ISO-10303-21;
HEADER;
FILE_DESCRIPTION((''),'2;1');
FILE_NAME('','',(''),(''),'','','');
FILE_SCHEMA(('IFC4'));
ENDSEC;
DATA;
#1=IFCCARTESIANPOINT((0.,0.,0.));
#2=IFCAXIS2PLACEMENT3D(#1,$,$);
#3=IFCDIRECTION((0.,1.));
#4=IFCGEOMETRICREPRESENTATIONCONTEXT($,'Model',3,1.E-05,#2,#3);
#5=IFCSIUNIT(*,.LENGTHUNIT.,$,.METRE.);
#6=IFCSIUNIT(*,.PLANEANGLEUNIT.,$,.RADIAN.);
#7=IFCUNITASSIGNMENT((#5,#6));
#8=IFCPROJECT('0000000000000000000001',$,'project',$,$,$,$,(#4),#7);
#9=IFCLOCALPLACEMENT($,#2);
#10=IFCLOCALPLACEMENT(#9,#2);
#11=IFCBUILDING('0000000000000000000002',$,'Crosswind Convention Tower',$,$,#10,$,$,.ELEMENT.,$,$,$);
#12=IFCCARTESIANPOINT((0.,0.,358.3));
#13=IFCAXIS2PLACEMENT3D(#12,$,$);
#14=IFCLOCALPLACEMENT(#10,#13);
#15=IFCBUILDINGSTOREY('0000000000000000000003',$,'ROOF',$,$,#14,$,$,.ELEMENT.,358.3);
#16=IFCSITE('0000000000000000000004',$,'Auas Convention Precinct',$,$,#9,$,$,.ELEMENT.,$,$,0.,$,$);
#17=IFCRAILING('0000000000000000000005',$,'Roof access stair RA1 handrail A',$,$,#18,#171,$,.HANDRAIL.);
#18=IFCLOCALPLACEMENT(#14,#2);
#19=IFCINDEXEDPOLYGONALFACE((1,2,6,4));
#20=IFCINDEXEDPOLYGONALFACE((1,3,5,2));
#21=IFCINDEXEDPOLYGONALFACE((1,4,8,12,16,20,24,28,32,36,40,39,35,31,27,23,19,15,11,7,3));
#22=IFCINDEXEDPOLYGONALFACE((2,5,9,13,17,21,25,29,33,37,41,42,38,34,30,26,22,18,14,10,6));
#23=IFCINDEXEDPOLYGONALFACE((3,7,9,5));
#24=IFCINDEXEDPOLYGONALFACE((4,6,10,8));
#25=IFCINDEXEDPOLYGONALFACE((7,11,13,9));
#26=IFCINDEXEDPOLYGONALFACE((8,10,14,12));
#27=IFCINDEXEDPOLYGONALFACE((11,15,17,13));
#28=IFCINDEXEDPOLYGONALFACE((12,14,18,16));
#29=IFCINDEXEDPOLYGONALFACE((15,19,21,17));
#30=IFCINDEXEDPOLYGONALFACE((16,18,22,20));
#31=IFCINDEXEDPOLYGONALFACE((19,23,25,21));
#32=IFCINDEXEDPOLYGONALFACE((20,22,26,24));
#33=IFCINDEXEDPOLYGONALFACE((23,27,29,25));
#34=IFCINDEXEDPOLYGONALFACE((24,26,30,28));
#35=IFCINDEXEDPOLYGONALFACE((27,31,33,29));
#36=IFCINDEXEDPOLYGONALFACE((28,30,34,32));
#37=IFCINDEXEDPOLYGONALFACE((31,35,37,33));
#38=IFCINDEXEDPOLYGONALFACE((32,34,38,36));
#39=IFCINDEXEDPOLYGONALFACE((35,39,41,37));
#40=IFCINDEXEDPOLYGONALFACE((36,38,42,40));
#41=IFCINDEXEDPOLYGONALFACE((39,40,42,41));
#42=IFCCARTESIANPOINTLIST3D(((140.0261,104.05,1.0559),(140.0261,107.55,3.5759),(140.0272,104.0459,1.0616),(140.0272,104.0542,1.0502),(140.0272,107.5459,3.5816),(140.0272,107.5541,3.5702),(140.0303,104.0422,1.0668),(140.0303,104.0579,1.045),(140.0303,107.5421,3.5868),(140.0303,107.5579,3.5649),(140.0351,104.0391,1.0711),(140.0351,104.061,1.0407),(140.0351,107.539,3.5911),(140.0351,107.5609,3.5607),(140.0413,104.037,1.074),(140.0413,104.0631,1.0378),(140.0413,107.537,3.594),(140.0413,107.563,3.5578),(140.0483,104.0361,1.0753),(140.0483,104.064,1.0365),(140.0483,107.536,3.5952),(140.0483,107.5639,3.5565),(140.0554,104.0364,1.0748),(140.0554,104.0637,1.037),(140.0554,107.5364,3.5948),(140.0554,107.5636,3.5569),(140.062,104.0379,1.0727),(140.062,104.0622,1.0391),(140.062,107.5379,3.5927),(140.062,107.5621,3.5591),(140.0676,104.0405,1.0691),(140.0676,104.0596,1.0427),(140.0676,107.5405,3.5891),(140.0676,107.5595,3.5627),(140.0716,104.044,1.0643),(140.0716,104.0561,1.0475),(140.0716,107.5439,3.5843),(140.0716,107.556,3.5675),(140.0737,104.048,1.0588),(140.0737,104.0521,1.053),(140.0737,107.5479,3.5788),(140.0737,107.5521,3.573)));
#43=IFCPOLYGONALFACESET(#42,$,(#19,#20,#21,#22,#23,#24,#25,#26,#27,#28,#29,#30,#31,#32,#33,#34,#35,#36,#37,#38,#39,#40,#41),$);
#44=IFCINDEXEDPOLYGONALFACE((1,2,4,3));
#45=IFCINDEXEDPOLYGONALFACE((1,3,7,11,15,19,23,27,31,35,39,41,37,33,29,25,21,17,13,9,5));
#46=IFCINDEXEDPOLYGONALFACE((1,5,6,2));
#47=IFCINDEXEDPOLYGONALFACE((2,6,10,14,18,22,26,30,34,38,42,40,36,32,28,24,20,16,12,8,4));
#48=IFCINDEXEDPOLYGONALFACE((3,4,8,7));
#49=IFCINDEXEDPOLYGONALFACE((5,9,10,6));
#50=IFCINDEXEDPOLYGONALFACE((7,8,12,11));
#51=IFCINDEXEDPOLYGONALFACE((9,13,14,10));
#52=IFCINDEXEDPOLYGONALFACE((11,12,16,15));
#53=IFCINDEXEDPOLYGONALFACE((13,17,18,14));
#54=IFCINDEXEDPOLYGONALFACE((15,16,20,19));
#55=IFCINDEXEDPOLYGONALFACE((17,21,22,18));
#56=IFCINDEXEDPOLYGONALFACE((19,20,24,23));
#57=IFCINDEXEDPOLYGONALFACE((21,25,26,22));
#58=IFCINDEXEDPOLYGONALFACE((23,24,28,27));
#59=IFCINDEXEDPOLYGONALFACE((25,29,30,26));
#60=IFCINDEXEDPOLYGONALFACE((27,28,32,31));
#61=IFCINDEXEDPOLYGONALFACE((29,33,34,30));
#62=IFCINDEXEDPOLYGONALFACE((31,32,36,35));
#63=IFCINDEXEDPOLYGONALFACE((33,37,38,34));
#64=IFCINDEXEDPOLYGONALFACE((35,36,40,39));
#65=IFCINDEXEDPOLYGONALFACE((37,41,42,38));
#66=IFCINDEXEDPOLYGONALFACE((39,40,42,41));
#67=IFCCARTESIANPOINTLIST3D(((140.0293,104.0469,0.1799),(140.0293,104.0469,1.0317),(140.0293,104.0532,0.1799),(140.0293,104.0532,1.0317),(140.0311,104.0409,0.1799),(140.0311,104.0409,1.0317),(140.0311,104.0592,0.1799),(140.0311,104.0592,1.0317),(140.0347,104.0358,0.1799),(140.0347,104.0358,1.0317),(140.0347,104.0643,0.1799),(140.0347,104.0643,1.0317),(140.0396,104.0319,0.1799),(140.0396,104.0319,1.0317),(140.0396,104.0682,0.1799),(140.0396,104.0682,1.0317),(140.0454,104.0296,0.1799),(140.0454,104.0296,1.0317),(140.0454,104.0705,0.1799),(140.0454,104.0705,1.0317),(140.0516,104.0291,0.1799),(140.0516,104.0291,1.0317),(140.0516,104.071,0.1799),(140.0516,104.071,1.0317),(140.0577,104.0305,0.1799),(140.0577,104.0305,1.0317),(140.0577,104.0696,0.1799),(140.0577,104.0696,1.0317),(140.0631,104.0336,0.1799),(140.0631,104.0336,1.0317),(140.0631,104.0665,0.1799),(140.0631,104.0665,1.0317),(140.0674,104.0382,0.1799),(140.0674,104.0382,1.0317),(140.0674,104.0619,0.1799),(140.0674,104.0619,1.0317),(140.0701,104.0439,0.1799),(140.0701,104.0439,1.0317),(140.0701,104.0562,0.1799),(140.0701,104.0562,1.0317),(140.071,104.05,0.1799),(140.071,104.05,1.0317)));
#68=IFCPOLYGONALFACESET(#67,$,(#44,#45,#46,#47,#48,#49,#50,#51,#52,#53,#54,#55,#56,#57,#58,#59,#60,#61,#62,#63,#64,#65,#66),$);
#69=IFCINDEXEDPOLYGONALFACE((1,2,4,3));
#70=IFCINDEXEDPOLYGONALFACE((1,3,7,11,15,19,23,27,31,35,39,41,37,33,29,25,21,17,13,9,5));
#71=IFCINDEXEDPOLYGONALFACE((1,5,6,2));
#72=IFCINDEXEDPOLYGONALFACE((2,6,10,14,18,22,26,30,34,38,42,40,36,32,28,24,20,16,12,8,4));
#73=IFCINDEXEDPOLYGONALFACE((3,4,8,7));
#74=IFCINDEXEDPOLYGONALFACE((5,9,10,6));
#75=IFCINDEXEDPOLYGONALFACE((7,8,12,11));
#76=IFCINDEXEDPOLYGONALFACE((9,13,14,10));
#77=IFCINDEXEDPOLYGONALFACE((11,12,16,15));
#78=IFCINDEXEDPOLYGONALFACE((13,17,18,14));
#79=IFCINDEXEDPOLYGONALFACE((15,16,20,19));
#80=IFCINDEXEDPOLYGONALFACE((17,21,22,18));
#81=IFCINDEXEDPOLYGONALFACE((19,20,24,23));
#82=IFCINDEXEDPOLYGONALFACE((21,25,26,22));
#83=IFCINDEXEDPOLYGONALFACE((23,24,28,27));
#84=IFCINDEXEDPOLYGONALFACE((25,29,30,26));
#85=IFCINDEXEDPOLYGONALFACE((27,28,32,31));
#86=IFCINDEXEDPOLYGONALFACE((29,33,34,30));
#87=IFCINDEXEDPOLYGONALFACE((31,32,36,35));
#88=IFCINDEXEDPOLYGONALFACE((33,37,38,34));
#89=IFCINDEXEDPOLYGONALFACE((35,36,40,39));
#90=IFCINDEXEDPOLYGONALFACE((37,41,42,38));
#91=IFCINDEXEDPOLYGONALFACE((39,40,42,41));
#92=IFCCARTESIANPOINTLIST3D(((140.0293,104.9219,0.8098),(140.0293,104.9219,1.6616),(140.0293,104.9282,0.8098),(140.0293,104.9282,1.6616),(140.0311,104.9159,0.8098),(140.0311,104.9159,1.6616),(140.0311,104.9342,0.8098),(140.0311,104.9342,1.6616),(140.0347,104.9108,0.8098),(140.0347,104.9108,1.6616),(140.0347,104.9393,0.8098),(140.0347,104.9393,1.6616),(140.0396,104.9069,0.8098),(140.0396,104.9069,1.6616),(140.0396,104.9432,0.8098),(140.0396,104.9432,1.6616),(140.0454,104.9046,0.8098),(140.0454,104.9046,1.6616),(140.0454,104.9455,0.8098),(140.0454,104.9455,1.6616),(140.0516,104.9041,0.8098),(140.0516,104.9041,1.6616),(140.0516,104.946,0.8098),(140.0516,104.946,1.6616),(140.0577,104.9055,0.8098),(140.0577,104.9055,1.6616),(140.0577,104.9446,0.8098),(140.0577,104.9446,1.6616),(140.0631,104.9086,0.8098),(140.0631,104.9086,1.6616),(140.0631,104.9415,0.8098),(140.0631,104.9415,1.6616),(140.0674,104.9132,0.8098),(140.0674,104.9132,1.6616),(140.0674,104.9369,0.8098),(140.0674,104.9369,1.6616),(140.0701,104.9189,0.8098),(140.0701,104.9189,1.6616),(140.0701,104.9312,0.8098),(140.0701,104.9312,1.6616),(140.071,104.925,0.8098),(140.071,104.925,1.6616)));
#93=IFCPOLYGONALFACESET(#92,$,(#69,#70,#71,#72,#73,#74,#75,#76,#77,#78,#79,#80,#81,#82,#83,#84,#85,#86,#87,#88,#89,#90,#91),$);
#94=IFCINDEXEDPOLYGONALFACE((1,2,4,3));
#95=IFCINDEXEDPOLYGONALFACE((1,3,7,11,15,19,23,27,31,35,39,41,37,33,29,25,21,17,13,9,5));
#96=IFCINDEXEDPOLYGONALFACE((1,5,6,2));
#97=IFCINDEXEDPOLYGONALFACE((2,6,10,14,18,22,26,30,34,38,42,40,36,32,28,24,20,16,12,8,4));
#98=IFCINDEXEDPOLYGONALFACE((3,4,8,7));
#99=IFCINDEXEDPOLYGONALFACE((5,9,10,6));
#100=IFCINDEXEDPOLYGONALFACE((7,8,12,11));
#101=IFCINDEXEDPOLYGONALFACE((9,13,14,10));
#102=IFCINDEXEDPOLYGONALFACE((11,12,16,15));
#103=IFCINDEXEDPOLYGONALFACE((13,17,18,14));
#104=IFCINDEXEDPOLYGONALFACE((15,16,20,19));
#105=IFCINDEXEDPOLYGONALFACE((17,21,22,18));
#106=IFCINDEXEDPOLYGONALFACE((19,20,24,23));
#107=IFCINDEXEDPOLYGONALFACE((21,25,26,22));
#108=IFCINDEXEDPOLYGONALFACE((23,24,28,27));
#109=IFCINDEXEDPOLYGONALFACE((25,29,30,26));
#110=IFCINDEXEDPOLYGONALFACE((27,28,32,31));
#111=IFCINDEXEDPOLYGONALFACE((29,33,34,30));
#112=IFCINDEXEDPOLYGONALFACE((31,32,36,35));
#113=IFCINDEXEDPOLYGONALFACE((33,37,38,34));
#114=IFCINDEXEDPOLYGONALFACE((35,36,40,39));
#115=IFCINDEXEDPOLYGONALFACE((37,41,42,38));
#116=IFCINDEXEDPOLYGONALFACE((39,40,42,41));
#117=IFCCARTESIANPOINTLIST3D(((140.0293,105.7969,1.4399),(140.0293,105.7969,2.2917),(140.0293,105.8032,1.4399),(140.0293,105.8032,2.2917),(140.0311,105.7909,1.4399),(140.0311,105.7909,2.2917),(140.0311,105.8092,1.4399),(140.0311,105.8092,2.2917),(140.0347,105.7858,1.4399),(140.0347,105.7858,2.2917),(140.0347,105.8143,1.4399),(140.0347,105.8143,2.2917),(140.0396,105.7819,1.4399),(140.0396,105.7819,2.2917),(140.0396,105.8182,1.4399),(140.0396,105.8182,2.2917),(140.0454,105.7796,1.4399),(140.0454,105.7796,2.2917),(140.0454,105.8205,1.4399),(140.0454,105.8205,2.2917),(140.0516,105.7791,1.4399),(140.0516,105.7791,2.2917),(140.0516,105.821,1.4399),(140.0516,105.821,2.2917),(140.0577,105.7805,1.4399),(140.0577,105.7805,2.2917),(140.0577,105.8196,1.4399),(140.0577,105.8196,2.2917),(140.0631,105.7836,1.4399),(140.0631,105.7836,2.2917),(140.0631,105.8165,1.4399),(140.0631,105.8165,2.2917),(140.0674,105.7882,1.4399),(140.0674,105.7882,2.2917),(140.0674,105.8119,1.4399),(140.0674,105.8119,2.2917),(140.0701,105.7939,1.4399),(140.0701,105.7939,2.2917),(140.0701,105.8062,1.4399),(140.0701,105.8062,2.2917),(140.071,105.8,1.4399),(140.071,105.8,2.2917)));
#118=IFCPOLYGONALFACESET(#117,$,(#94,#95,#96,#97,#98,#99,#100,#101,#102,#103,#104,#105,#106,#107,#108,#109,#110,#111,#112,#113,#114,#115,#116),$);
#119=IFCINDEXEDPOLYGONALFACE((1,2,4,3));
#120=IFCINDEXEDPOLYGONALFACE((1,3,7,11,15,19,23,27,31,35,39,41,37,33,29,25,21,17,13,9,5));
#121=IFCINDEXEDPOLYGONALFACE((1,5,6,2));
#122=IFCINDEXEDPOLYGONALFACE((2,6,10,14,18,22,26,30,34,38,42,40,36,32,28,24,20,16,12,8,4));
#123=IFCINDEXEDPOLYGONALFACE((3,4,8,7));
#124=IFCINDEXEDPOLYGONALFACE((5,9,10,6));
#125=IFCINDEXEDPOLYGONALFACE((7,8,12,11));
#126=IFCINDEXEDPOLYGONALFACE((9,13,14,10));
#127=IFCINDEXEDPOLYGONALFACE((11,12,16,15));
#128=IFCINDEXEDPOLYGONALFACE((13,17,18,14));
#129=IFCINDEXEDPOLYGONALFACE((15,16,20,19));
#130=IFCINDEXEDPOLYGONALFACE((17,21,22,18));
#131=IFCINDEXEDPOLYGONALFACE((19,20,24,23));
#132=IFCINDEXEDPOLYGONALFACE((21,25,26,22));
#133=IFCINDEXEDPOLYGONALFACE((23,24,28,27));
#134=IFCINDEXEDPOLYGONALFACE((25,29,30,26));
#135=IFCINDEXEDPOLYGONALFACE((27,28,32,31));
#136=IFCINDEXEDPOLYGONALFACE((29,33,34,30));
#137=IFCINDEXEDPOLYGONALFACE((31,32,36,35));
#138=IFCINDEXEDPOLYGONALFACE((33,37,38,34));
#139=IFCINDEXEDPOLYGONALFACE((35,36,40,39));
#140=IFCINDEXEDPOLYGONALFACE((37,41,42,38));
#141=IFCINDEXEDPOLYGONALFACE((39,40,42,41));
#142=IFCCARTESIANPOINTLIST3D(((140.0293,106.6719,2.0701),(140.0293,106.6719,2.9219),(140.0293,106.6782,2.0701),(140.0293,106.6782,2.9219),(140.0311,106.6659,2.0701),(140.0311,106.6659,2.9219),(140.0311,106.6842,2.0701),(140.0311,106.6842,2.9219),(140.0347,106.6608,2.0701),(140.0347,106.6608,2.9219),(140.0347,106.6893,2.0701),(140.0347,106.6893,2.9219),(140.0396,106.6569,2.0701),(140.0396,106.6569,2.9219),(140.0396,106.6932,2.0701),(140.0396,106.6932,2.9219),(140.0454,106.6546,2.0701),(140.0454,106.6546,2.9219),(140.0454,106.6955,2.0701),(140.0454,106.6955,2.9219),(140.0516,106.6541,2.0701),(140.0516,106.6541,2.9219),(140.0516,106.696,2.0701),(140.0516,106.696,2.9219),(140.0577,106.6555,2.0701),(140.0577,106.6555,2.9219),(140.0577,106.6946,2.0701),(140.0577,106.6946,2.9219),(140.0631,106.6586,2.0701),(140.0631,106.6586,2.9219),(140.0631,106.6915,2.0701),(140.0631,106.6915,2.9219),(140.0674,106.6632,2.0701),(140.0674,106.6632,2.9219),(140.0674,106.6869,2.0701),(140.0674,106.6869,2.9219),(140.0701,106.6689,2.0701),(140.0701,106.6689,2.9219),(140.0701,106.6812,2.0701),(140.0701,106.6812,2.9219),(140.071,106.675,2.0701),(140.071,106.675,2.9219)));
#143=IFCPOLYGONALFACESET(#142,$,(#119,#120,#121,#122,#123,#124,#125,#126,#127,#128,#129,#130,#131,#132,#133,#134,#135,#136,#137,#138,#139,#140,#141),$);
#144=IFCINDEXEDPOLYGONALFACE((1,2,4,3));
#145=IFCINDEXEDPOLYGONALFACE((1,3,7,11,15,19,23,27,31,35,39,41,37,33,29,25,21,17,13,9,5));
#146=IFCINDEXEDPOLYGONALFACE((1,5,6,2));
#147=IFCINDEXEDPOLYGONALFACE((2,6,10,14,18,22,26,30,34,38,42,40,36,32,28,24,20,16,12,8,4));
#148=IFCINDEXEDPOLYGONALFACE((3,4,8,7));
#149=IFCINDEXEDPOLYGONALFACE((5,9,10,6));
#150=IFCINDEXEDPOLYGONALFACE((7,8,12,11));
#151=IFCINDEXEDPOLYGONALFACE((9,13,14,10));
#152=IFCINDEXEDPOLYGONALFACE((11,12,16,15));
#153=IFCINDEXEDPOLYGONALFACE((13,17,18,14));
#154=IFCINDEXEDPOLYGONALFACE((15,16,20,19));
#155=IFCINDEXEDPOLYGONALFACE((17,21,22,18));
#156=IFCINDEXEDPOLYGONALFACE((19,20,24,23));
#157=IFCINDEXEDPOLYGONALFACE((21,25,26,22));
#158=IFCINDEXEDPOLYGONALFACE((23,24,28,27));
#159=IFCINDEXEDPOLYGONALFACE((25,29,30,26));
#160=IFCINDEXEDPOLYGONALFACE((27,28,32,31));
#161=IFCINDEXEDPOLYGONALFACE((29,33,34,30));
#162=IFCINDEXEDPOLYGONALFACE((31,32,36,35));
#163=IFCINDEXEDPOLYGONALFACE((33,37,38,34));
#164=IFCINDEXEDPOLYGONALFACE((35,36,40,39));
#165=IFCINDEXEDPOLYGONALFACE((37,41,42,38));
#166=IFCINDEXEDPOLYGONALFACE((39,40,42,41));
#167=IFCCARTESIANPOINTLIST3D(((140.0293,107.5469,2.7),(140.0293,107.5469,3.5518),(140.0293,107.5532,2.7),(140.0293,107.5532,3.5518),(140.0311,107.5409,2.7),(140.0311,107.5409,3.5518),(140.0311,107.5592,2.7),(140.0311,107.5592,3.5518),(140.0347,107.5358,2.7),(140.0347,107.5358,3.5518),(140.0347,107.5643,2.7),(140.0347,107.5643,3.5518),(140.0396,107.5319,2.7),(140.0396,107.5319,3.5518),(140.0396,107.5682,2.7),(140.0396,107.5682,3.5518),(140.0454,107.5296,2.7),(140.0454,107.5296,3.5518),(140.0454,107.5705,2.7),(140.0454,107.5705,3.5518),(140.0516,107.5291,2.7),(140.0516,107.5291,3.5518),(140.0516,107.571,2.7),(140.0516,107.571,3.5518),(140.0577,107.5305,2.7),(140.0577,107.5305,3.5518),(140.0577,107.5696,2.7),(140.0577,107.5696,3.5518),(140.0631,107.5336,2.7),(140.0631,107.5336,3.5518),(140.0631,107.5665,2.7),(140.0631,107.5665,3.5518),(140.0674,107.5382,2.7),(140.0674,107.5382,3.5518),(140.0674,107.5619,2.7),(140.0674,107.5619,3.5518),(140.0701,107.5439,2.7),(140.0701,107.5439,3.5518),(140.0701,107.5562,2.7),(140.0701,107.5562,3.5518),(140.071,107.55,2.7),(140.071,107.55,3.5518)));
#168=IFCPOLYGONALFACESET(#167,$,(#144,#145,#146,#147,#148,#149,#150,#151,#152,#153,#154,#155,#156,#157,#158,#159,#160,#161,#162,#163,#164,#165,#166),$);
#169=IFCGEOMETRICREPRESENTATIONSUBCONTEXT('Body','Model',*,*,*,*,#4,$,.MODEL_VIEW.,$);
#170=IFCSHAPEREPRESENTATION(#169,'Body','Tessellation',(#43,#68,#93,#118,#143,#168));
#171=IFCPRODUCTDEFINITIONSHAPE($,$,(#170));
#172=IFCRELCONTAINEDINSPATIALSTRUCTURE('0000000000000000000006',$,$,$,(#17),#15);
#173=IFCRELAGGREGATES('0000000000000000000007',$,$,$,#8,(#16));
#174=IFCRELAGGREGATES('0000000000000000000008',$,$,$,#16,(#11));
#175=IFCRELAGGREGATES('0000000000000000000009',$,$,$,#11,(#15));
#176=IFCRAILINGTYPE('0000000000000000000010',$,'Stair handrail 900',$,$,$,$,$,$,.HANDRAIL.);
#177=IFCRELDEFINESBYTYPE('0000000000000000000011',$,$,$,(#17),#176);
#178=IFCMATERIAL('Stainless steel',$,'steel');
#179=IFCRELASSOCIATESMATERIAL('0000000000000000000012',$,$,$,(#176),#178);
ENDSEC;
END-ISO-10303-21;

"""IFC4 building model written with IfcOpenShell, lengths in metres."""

from ifc_helpers import new_model, si_unit, direction, frame, origin, origin_2d, place, context, subcontext, project, spatial, circle, extrude, material, type_object, element, save


model = new_model("IFC4")

# Units and contexts
model_context = context("Model", 3, precision=1e-05, world=origin(), true_north=direction((0.0, 1.0)))
body_context = subcontext(model_context, "Body", "Model", "MODEL_VIEW")
ifc_project = project(units=[si_unit("LENGTHUNIT", "METRE"), si_unit("PLANEANGLEUNIT", "RADIAN")], contexts=[model_context])

# Site, building, storey
site_placement = place(None, origin())
site = spatial("IfcSite", under=ifc_project, at=site_placement, Name="Auas Convention Precinct", CompositionType="ELEMENT", RefElevation=0.0)
building_placement = place(site_placement, origin())
building = spatial("IfcBuilding", under=site, at=building_placement, Name="Crosswind Convention Tower", CompositionType="ELEMENT")
storey_placement = place(building_placement, frame((0.0, 0.0, 358.3)))
storey = spatial("IfcBuildingStorey", under=building, at=storey_placement, Name="ROOF", CompositionType="ELEMENT", Elevation=358.3)

# Railing
ifc_material_1 = material(Name="Stainless steel", Category="steel")
railing_type_1 = type_object("IfcRailingType", Name="Stair handrail 900", PredefinedType="HANDRAIL", material=ifc_material_1)
for number, where, name in (
    (1, (140.05, 104.05, 0.1799), "Roof access stair RA1 handrail A"),
):
    element("IfcRailing", number, at=place(storey_placement, frame(where)), inside=storey, type_object=railing_type_1, Name=name, PredefinedType="HANDRAIL", context=body_context, shape_type="SweptSolid", body=[
        extrude(circle(Radius=0.0239, at=origin_2d()), frame((0.0, 0.0, 0.876), z_axis=(0.0, 0.811532, 0.584308), x_axis=(-1.0, 0.0, 0.0)), (0.0, 0.0, 1.0), 4.3127),
        extrude(circle(Radius=0.021, at=origin_2d()), origin(), (0.0, 0.0, 1.0), 0.8518),
        extrude(circle(Radius=0.021, at=origin_2d()), frame((0.0, 0.875, 0.6299)), (0.0, 0.0, 1.0), 0.8518),
        extrude(circle(Radius=0.021, at=origin_2d()), frame((0.0, 1.75, 1.26)), (0.0, 0.0, 1.0), 0.8518),
        extrude(circle(Radius=0.021, at=origin_2d()), frame((0.0, 2.625, 1.8901)), (0.0, 0.0, 1.0), 0.8518),
        extrude(circle(Radius=0.021, at=origin_2d()), frame((0.0, 3.5, 2.52)), (0.0, 0.0, 1.0), 0.8518),
    ])

save(model, "model.ifc")
